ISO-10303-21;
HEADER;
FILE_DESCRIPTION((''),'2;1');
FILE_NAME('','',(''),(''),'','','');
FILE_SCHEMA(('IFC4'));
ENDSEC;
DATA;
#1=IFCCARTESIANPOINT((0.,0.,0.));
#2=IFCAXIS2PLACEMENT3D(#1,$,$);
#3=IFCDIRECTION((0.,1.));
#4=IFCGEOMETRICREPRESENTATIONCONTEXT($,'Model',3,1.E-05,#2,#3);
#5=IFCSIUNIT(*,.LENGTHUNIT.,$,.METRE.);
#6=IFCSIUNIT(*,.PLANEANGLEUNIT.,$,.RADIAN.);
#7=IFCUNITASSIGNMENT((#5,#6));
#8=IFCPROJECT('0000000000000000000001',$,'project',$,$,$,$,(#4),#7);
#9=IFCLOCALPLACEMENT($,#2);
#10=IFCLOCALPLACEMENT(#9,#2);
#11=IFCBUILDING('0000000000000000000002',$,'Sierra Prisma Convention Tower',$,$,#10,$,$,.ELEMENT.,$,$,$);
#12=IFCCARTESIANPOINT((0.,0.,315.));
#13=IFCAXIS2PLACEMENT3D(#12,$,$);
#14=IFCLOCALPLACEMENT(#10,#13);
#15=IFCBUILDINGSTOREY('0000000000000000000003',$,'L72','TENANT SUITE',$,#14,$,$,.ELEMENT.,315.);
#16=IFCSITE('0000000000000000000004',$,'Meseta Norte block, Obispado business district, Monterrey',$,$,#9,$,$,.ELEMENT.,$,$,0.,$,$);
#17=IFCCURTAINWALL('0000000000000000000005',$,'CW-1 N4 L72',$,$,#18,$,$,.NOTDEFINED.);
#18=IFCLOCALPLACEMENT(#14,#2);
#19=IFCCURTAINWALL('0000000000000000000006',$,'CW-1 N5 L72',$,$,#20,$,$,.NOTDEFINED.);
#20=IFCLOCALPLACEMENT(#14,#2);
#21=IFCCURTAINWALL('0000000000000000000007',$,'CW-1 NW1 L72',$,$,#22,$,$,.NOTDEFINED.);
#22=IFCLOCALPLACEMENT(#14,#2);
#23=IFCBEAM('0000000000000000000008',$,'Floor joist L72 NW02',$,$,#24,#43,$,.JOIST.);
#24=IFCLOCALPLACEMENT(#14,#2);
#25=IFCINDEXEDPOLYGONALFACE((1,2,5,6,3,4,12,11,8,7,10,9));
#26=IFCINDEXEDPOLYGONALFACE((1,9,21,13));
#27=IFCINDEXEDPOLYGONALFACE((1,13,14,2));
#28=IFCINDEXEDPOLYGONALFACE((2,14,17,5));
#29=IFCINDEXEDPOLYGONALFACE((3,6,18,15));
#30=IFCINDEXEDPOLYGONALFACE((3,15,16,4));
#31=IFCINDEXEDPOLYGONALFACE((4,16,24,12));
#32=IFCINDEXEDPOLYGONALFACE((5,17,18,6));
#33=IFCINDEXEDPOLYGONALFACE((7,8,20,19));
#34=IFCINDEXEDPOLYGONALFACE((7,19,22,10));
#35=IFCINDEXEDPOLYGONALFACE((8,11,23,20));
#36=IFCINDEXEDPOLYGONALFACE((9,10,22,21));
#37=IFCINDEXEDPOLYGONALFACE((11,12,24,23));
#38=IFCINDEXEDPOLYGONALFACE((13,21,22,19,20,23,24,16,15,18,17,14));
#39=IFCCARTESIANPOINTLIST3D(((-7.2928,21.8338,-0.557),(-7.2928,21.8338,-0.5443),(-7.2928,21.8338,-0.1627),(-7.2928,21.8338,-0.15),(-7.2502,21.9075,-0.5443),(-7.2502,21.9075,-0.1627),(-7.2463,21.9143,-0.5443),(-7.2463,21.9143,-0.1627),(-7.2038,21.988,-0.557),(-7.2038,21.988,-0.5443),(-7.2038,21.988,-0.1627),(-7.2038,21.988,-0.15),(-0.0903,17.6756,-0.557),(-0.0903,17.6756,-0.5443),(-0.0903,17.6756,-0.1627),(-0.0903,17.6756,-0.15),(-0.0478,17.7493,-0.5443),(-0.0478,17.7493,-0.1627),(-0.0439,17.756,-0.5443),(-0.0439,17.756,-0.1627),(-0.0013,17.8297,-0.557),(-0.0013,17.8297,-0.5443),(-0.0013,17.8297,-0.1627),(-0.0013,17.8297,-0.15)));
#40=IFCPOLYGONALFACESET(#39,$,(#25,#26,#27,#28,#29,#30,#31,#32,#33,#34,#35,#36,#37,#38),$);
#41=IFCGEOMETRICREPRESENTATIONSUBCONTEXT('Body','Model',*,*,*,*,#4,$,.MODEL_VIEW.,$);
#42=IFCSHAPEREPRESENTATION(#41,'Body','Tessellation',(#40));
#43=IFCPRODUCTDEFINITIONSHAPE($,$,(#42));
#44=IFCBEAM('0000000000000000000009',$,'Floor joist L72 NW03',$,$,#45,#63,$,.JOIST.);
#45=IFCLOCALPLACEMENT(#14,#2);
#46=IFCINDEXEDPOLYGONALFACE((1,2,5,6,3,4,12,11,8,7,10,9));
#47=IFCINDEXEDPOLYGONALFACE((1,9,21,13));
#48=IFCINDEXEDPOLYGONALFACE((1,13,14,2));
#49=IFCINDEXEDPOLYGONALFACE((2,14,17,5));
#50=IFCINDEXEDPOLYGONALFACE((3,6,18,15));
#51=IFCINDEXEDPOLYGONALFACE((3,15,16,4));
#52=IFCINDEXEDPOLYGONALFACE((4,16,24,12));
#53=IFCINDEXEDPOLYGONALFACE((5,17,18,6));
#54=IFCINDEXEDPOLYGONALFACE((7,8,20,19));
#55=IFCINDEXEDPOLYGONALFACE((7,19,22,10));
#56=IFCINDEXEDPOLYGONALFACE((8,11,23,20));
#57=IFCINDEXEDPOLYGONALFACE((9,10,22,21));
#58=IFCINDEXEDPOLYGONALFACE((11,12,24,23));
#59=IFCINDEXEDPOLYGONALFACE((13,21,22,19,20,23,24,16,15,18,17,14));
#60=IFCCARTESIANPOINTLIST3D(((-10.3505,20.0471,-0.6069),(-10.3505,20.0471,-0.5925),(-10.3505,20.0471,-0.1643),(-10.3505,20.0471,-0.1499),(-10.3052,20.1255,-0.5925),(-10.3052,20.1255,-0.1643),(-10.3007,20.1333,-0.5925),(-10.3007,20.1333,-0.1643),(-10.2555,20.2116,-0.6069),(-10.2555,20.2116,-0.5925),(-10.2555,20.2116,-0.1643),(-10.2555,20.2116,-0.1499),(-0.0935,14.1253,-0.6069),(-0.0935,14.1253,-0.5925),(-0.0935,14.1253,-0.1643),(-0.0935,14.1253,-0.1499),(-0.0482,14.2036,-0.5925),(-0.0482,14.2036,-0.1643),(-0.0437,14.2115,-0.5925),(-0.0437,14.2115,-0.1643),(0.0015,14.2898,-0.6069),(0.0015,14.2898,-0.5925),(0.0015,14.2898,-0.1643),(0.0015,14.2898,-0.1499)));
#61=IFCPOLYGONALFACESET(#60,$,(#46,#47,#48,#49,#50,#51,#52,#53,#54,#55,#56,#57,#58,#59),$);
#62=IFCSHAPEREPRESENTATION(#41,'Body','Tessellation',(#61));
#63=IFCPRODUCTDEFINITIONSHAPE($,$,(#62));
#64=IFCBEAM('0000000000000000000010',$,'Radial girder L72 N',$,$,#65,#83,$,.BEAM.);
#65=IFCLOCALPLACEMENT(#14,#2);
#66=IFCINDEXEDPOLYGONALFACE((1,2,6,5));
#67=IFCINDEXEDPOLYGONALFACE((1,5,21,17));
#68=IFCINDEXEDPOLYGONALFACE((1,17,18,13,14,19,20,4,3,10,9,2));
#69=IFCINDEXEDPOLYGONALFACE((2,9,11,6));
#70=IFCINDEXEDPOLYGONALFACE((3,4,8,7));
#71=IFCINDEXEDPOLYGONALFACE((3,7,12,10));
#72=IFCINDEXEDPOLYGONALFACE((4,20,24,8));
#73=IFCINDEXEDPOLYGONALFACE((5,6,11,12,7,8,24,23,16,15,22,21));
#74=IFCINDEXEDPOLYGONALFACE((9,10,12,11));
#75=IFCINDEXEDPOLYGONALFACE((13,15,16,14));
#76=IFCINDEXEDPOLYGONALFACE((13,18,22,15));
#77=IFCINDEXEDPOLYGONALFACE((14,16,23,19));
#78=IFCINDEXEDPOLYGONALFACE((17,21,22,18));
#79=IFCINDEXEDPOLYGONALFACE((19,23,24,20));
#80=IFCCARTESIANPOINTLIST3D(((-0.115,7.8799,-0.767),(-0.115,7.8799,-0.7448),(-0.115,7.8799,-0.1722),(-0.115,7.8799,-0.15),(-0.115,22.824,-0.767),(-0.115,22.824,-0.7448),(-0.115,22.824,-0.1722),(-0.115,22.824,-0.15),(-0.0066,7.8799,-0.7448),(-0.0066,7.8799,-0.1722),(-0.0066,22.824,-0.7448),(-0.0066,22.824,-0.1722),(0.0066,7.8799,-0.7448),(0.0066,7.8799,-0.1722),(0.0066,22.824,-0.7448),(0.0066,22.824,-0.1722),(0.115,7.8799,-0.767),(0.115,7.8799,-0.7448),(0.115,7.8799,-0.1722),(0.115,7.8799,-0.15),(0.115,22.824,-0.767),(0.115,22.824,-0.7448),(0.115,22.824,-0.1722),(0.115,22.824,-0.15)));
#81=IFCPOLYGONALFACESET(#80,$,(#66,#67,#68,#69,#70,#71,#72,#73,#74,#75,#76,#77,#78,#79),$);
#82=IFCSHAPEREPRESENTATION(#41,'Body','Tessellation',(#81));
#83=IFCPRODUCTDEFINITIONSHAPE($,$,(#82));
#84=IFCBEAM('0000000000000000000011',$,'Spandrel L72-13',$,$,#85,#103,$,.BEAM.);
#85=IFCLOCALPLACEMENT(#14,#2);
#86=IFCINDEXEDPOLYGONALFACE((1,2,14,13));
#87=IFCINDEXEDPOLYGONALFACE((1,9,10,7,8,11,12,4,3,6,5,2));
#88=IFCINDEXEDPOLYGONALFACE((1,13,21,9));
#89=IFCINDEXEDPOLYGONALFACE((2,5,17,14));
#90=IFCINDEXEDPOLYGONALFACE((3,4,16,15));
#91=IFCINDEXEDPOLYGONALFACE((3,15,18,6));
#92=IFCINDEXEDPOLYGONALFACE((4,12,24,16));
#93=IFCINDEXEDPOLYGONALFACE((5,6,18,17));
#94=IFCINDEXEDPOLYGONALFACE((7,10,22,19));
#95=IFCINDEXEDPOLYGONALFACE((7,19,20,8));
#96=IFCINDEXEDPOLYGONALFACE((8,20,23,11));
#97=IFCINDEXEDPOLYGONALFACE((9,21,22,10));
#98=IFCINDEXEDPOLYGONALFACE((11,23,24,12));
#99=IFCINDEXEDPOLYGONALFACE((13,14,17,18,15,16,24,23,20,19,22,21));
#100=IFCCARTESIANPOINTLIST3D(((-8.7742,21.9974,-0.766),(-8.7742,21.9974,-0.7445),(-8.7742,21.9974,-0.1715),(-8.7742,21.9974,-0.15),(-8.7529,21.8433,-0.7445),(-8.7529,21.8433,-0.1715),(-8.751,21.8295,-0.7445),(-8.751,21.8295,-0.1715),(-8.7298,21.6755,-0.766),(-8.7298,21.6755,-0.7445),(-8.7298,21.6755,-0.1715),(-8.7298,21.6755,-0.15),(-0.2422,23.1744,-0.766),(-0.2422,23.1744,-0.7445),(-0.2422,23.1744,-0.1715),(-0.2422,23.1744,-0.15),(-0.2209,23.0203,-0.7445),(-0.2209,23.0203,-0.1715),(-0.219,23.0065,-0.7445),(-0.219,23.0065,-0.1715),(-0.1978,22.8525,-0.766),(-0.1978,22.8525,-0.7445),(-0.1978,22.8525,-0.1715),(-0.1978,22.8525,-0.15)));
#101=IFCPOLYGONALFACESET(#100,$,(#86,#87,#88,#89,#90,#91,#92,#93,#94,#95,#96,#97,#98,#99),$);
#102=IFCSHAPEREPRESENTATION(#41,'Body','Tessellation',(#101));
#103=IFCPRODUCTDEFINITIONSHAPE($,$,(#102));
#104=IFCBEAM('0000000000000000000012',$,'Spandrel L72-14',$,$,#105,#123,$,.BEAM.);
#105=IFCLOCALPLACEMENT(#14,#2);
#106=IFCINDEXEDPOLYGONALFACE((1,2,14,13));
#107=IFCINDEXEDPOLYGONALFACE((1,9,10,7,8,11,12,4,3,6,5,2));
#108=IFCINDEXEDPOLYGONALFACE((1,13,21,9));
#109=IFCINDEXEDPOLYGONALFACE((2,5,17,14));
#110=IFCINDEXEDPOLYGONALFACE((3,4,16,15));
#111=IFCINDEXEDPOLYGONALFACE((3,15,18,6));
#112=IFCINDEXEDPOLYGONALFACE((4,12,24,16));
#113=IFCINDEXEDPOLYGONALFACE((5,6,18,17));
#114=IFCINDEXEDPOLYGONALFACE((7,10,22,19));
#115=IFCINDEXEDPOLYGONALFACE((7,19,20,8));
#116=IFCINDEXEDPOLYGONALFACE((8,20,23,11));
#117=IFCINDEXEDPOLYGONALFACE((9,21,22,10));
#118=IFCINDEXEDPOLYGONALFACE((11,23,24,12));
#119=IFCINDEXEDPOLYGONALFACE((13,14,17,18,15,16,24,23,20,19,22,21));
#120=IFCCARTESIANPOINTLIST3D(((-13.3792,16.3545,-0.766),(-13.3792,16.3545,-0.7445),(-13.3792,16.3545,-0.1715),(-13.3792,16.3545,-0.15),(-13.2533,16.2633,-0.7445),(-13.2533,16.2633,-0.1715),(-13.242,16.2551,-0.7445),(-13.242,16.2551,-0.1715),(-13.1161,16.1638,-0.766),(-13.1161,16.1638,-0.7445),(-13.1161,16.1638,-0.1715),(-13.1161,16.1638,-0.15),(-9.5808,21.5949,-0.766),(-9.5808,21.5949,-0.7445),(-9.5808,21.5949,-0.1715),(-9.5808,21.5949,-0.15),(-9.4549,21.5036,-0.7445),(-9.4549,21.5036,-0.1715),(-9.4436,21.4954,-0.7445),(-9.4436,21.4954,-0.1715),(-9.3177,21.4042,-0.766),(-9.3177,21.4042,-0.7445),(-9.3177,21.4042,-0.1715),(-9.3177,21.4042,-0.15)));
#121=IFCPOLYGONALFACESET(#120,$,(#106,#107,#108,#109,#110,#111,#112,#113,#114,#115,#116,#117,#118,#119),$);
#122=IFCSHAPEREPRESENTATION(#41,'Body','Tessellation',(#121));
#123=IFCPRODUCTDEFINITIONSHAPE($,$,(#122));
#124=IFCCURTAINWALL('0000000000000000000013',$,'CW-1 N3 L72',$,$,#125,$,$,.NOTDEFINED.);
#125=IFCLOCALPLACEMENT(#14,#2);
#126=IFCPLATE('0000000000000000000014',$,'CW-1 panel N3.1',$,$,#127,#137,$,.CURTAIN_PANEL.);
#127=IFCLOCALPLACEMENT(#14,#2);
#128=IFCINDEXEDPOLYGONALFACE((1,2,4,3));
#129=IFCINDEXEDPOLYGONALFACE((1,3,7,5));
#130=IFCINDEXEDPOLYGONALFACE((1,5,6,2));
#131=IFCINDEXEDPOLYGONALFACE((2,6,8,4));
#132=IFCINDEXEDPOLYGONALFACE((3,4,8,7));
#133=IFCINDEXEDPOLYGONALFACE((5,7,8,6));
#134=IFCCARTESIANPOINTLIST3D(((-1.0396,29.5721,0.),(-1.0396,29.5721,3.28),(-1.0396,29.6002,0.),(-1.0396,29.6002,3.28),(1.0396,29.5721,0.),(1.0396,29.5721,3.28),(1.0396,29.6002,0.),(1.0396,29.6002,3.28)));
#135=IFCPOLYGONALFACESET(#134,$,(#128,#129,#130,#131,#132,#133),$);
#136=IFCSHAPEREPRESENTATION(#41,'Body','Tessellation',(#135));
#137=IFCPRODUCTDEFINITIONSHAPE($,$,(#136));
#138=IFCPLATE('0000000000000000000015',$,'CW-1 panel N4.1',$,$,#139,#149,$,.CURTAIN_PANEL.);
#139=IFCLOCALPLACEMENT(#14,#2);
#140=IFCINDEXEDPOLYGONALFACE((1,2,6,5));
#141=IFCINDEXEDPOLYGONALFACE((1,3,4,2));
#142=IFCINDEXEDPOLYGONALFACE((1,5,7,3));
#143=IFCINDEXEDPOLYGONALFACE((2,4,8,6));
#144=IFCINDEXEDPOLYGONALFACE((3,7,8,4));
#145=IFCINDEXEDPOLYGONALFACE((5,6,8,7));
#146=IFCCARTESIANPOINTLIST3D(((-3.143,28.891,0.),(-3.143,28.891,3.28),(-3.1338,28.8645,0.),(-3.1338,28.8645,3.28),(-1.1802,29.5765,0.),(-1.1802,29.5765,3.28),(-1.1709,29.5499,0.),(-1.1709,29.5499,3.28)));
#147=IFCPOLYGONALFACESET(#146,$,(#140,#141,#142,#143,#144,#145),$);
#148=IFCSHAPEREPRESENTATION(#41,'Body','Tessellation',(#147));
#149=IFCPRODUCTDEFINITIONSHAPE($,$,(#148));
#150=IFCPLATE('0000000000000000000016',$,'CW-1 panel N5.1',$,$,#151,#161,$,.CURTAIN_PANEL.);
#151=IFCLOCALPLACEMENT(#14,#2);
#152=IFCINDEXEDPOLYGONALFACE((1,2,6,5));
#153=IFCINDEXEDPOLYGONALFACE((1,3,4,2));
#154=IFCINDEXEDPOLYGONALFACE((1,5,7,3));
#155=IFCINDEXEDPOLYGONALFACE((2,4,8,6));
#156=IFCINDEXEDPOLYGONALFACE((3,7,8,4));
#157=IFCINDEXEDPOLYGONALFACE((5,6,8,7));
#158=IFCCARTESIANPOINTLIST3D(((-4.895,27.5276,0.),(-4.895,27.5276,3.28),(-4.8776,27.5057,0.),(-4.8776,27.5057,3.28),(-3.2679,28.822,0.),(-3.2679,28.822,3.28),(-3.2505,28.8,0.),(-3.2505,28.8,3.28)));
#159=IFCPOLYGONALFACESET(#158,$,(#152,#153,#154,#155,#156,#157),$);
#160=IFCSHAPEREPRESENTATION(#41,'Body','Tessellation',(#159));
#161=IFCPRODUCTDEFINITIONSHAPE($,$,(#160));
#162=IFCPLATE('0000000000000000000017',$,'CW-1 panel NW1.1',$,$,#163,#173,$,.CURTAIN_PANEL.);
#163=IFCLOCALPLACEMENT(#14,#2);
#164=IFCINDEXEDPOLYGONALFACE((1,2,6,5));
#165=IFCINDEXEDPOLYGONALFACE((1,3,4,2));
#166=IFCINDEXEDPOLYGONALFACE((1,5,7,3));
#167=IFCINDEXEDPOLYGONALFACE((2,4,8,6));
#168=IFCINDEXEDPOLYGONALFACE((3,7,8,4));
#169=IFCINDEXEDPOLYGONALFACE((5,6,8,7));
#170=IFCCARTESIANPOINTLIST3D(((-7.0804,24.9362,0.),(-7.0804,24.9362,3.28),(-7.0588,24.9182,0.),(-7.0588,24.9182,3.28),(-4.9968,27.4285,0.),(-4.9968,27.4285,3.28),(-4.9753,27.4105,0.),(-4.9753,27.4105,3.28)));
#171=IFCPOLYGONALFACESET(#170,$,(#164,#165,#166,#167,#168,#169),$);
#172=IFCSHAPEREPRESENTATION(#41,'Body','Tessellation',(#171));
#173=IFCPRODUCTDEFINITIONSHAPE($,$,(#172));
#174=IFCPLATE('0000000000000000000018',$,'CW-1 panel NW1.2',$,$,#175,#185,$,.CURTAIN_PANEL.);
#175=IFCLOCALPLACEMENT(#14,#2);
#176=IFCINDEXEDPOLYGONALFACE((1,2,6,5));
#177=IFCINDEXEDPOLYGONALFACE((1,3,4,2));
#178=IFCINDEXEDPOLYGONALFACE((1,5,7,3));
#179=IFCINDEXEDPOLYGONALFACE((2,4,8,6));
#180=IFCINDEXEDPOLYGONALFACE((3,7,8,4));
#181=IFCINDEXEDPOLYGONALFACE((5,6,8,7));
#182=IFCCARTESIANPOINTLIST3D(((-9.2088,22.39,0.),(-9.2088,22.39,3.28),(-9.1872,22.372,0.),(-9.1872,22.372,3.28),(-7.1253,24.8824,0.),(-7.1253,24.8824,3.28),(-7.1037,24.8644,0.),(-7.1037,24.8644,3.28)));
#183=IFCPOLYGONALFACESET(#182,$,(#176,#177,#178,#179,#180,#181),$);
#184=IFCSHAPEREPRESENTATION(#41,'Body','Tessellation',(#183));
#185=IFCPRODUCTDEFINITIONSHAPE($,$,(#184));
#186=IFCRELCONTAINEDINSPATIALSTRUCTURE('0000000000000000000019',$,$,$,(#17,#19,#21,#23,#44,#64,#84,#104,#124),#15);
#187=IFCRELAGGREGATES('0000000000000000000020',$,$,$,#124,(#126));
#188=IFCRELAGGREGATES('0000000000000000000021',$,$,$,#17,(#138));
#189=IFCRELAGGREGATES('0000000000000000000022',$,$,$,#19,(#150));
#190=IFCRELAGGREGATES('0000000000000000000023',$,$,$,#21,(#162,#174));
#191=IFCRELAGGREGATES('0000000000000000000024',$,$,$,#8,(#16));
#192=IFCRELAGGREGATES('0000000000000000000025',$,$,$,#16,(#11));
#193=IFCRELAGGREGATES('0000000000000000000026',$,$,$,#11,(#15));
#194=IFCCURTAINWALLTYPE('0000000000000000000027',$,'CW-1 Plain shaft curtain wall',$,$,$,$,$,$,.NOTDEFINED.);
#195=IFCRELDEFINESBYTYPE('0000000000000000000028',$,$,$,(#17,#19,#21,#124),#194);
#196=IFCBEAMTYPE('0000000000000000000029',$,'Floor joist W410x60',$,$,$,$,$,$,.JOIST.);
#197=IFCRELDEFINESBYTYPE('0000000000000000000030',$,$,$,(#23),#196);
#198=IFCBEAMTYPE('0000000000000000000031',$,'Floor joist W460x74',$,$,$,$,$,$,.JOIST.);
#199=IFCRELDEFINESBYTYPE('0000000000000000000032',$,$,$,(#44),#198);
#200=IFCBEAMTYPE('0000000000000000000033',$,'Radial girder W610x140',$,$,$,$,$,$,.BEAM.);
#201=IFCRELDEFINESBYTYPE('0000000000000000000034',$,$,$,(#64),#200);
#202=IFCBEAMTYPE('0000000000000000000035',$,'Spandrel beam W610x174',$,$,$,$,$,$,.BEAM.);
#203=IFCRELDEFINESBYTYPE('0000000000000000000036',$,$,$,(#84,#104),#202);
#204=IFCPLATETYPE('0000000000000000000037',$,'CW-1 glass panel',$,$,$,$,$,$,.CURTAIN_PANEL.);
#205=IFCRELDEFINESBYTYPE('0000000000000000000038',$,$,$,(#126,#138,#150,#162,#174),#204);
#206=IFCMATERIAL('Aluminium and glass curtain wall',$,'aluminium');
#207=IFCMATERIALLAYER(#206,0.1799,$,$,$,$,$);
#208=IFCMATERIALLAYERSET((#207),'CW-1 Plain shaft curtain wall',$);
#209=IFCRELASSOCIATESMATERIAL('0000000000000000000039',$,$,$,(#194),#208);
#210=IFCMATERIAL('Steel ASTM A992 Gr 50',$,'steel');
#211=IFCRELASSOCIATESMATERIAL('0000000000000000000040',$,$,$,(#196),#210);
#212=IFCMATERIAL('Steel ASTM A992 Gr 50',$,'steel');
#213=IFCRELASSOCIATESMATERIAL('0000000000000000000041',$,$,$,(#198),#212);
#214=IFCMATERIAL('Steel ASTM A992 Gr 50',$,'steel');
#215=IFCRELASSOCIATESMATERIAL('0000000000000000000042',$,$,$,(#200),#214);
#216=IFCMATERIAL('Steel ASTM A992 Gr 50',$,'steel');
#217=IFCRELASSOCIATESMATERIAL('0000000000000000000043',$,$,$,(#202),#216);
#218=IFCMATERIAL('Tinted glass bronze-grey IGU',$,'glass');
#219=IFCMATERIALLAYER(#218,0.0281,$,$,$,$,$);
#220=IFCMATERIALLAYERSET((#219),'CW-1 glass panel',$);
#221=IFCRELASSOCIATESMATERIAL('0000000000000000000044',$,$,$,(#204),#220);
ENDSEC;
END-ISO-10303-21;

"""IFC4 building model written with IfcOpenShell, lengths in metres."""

from ifc_helpers import new_model, si_unit, direction, frame, origin, origin_2d, place, context, subcontext, project, spatial, rectangle, i_section, extrude, material, layer, layer_set, material_profile, profile_set, type_object, element, aggregate, save


model = new_model("IFC4")

# Units and contexts
model_context = context("Model", 3, precision=1e-05, world=origin(), true_north=direction((0.0, 1.0)))
body_context = subcontext(model_context, "Body", "Model", "MODEL_VIEW")
ifc_project = project(units=[si_unit("LENGTHUNIT", "METRE"), si_unit("PLANEANGLEUNIT", "RADIAN")], contexts=[model_context])

# Site, building, storey
site_placement = place(None, origin())
site = spatial("IfcSite", under=ifc_project, at=site_placement, Name="Meseta Norte block, Obispado business district, Monterrey", CompositionType="ELEMENT", RefElevation=0.0)
building_placement = place(site_placement, origin())
building = spatial("IfcBuilding", under=site, at=building_placement, Name="Sierra Prisma Convention Tower", CompositionType="ELEMENT")
storey_placement = place(building_placement, frame((0.0, 0.0, 315.0)))
storey = spatial("IfcBuildingStorey", under=building, at=storey_placement, Name="L72", Description="TENANT SUITE", CompositionType="ELEMENT", Elevation=315.0)

# Curtain walls
ifc_material_1 = material(Name="Aluminium and glass curtain wall", Category="aluminium")
ifc_layer_1 = layer(ifc_material_1, 0.1799)
ifc_layer_set_1 = layer_set([ifc_layer_1], Name="CW-1 Plain shaft curtain wall")
curtain_wall_type = type_object("IfcCurtainWallType", Name="CW-1 Plain shaft curtain wall", PredefinedType="NOTDEFINED", material=ifc_layer_set_1)
curtain_wall_1_placement = place(storey_placement, origin())
curtain_wall_1 = element("IfcCurtainWall", 1, at=curtain_wall_1_placement, inside=storey, type_object=curtain_wall_type, Name="CW-1 N4 L72", PredefinedType="NOTDEFINED")
curtain_wall_2_placement = place(storey_placement, origin())
curtain_wall_2 = element("IfcCurtainWall", 2, at=curtain_wall_2_placement, inside=storey, type_object=curtain_wall_type, Name="CW-1 N5 L72", PredefinedType="NOTDEFINED")

# Curtain wall
curtain_wall_3_placement = place(storey_placement, origin())
curtain_wall_3 = element("IfcCurtainWall", 3, at=curtain_wall_3_placement, inside=storey, type_object=curtain_wall_type, Name="CW-1 NW1 L72", PredefinedType="NOTDEFINED")

# Beams
ifc_material_2 = material(Name="Steel ASTM A992 Gr 50", Category="steel")
ifc_material_profile_1 = material_profile(ifc_material_2, i_section(OverallWidth=0.178, OverallDepth=0.407, WebThickness=0.0078, FlangeThickness=0.0127, at=origin_2d()), Name="W410x60")
ifc_profile_set_1 = profile_set([ifc_material_profile_1], Name="Steel ASTM A992 Gr 50")
beam_type_1 = type_object("IfcBeamType", Name="Floor joist W410x60", PredefinedType="JOIST", material=ifc_profile_set_1)
beam_1_placement = place(storey_placement, frame((-7.2483, 21.9109, -0.3535), z_axis=(0.866031, -0.499991, 0.0), x_axis=(0.499991, 0.866031, 0.0)))
element("IfcBeam", 4, at=beam_1_placement, inside=storey, type_object=beam_type_1, Name="Floor joist L72 NW02", PredefinedType="JOIST", context=body_context, shape_type="SweptSolid", body=[
    extrude(i_section(OverallWidth=0.178, OverallDepth=0.407, WebThickness=0.0078, FlangeThickness=0.0127, at=origin_2d()), origin(), (0.0, 0.0, 1.0), 8.3167),
])
ifc_material_3 = material(Name="Steel ASTM A992 Gr 50", Category="steel")
ifc_material_profile_2 = material_profile(ifc_material_3, i_section(OverallWidth=0.1899, OverallDepth=0.457, WebThickness=0.009, FlangeThickness=0.0144, at=origin_2d()), Name="W460x74")
ifc_profile_set_2 = profile_set([ifc_material_profile_2], Name="Steel ASTM A992 Gr 50")
beam_type_2 = type_object("IfcBeamType", Name="Floor joist W460x74", PredefinedType="JOIST", material=ifc_profile_set_2)
beam_2_placement = place(storey_placement, frame((-10.303, 20.1294, -0.3784), z_axis=(0.866027, -0.499997, 0.0), x_axis=(0.499997, 0.866027, 0.0)))
element("IfcBeam", 5, at=beam_2_placement, inside=storey, type_object=beam_type_2, Name="Floor joist L72 NW03", PredefinedType="JOIST", context=body_context, shape_type="SweptSolid", body=[
    extrude(i_section(OverallWidth=0.1899, OverallDepth=0.457, WebThickness=0.009, FlangeThickness=0.0144, at=origin_2d()), origin(), (0.0, 0.0, 1.0), 11.8438),
])
ifc_material_4 = material(Name="Steel ASTM A992 Gr 50", Category="steel")
ifc_material_profile_3 = material_profile(ifc_material_4, i_section(OverallWidth=0.23, OverallDepth=0.6169, WebThickness=0.0132, FlangeThickness=0.0222, at=origin_2d()), Name="W610x140")
ifc_profile_set_3 = profile_set([ifc_material_profile_3], Name="Steel ASTM A992 Gr 50")
beam_type_3 = type_object("IfcBeamType", Name="Radial girder W610x140", PredefinedType="BEAM", material=ifc_profile_set_3)
beam_3_placement = place(storey_placement, frame((0.0, 22.824, -0.4585), z_axis=(0.0, -1.0, 0.0), x_axis=(1.0, 0.0, 0.0)))
element("IfcBeam", 6, at=beam_3_placement, inside=storey, type_object=beam_type_3, Name="Radial girder L72 N", PredefinedType="BEAM", context=body_context, shape_type="SweptSolid", body=[
    extrude(i_section(OverallWidth=0.23, OverallDepth=0.6169, WebThickness=0.0132, FlangeThickness=0.0222, at=origin_2d()), origin(), (0.0, 0.0, 1.0), 14.9441),
])
ifc_material_5 = material(Name="Steel ASTM A992 Gr 50", Category="steel")
ifc_material_profile_4 = material_profile(ifc_material_5, i_section(OverallWidth=0.325, OverallDepth=0.616, WebThickness=0.0139, FlangeThickness=0.0215, at=origin_2d()), Name="W610x174")
ifc_profile_set_4 = profile_set([ifc_material_profile_4], Name="Steel ASTM A992 Gr 50")
beam_type_4 = type_object("IfcBeamType", Name="Spandrel beam W610x174", PredefinedType="BEAM", material=ifc_profile_set_4)
beam_4_placement = place(storey_placement, frame((-0.22, 23.0134, -0.458), z_axis=(-0.990618, -0.136658, 0.0), x_axis=(0.136658, -0.990618, 0.0)))
element("IfcBeam", 7, at=beam_4_placement, inside=storey, type_object=beam_type_4, Name="Spandrel L72-13", PredefinedType="BEAM", context=body_context, shape_type="SweptSolid", body=[
    extrude(i_section(OverallWidth=0.325, OverallDepth=0.616, WebThickness=0.0139, FlangeThickness=0.0215, at=origin_2d()), origin(), (0.0, 0.0, 1.0), 8.6128),
])
beam_5_placement = place(storey_placement, frame((-9.4492, 21.4995, -0.458), z_axis=(-0.586884, -0.809671, 0.0), x_axis=(0.809671, -0.586884, 0.0)))
element("IfcBeam", 8, at=beam_5_placement, inside=storey, type_object=beam_type_4, Name="Spandrel L72-14", PredefinedType="BEAM", context=body_context, shape_type="SweptSolid", body=[
    extrude(i_section(OverallWidth=0.325, OverallDepth=0.616, WebThickness=0.0139, FlangeThickness=0.0215, at=origin_2d()), origin(), (0.0, 0.0, 1.0), 6.4722),
])

# Curtain wall, plate
curtain_wall_4_placement = place(storey_placement, origin())
curtain_wall_4 = element("IfcCurtainWall", 9, at=curtain_wall_4_placement, inside=storey, type_object=curtain_wall_type, Name="CW-1 N3 L72", PredefinedType="NOTDEFINED")
ifc_material_6 = material(Name="Tinted glass bronze-grey IGU", Category="glass")
ifc_layer_2 = layer(ifc_material_6, 0.0281)
ifc_layer_set_2 = layer_set([ifc_layer_2], Name="CW-1 glass panel")
plate_type = type_object("IfcPlateType", Name="CW-1 glass panel", PredefinedType="CURTAIN_PANEL", material=ifc_layer_set_2)
plate_1_placement = place(storey_placement, frame((0.0, 29.5862, 0.0), z_axis=(0.0, 0.0, 1.0), x_axis=(-1.0, 0.0, 0.0)))
plate_1 = element("IfcPlate", 10, at=plate_1_placement, type_object=plate_type, Name="CW-1 panel N3.1", PredefinedType="CURTAIN_PANEL", context=body_context, shape_type="SweptSolid", body=[
    extrude(rectangle(XDim=2.0791, YDim=0.0281, at=origin_2d()), origin(), (0.0, 0.0, 1.0), 3.28),
])
aggregate(curtain_wall_4, [plate_1])

# Plates
plate_2_placement = place(storey_placement, frame((-2.157, 29.2205, 0.0), z_axis=(0.0, 0.0, 1.0), x_axis=(-0.944085, -0.329702, 0.0)))
plate_2 = element("IfcPlate", 11, at=plate_2_placement, type_object=plate_type, Name="CW-1 panel N4.1", PredefinedType="CURTAIN_PANEL", context=body_context, shape_type="SweptSolid", body=[
    extrude(rectangle(XDim=2.0791, YDim=0.0281, at=origin_2d()), origin(), (0.0, 0.0, 1.0), 3.28),
])
aggregate(curtain_wall_1, [plate_2])
plate_3_placement = place(storey_placement, frame((-4.0728, 28.1638, 0.0), z_axis=(0.0, 0.0, 1.0), x_axis=(-0.782593, -0.622534, 0.0)))
plate_3 = element("IfcPlate", 12, at=plate_3_placement, type_object=plate_type, Name="CW-1 panel N5.1", PredefinedType="CURTAIN_PANEL", context=body_context, shape_type="SweptSolid", body=[
    extrude(rectangle(XDim=2.0791, YDim=0.0281, at=origin_2d()), origin(), (0.0, 0.0, 1.0), 3.28),
])
aggregate(curtain_wall_2, [plate_3])
plate_4_placement = place(storey_placement, frame((-6.0278, 26.1733, 0.0), z_axis=(0.0, 0.0, 1.0), x_axis=(-0.641374, -0.767229, 0.0)))
plate_4 = element("IfcPlate", 13, at=plate_4_placement, type_object=plate_type, Name="CW-1 panel NW1.1", PredefinedType="CURTAIN_PANEL", context=body_context, shape_type="SweptSolid", body=[
    extrude(rectangle(XDim=3.2485, YDim=0.0281, at=origin_2d()), origin(), (0.0, 0.0, 1.0), 3.28),
])
plate_5_placement = place(storey_placement, frame((-8.1562, 23.6272, 0.0), z_axis=(0.0, 0.0, 1.0), x_axis=(-0.641374, -0.767229, 0.0)))
plate_5 = element("IfcPlate", 14, at=plate_5_placement, type_object=plate_type, Name="CW-1 panel NW1.2", PredefinedType="CURTAIN_PANEL", context=body_context, shape_type="SweptSolid", body=[
    extrude(rectangle(XDim=3.2485, YDim=0.0281, at=origin_2d()), origin(), (0.0, 0.0, 1.0), 3.28),
])
aggregate(curtain_wall_3, [plate_4, plate_5])

save(model, "model.ifc")
